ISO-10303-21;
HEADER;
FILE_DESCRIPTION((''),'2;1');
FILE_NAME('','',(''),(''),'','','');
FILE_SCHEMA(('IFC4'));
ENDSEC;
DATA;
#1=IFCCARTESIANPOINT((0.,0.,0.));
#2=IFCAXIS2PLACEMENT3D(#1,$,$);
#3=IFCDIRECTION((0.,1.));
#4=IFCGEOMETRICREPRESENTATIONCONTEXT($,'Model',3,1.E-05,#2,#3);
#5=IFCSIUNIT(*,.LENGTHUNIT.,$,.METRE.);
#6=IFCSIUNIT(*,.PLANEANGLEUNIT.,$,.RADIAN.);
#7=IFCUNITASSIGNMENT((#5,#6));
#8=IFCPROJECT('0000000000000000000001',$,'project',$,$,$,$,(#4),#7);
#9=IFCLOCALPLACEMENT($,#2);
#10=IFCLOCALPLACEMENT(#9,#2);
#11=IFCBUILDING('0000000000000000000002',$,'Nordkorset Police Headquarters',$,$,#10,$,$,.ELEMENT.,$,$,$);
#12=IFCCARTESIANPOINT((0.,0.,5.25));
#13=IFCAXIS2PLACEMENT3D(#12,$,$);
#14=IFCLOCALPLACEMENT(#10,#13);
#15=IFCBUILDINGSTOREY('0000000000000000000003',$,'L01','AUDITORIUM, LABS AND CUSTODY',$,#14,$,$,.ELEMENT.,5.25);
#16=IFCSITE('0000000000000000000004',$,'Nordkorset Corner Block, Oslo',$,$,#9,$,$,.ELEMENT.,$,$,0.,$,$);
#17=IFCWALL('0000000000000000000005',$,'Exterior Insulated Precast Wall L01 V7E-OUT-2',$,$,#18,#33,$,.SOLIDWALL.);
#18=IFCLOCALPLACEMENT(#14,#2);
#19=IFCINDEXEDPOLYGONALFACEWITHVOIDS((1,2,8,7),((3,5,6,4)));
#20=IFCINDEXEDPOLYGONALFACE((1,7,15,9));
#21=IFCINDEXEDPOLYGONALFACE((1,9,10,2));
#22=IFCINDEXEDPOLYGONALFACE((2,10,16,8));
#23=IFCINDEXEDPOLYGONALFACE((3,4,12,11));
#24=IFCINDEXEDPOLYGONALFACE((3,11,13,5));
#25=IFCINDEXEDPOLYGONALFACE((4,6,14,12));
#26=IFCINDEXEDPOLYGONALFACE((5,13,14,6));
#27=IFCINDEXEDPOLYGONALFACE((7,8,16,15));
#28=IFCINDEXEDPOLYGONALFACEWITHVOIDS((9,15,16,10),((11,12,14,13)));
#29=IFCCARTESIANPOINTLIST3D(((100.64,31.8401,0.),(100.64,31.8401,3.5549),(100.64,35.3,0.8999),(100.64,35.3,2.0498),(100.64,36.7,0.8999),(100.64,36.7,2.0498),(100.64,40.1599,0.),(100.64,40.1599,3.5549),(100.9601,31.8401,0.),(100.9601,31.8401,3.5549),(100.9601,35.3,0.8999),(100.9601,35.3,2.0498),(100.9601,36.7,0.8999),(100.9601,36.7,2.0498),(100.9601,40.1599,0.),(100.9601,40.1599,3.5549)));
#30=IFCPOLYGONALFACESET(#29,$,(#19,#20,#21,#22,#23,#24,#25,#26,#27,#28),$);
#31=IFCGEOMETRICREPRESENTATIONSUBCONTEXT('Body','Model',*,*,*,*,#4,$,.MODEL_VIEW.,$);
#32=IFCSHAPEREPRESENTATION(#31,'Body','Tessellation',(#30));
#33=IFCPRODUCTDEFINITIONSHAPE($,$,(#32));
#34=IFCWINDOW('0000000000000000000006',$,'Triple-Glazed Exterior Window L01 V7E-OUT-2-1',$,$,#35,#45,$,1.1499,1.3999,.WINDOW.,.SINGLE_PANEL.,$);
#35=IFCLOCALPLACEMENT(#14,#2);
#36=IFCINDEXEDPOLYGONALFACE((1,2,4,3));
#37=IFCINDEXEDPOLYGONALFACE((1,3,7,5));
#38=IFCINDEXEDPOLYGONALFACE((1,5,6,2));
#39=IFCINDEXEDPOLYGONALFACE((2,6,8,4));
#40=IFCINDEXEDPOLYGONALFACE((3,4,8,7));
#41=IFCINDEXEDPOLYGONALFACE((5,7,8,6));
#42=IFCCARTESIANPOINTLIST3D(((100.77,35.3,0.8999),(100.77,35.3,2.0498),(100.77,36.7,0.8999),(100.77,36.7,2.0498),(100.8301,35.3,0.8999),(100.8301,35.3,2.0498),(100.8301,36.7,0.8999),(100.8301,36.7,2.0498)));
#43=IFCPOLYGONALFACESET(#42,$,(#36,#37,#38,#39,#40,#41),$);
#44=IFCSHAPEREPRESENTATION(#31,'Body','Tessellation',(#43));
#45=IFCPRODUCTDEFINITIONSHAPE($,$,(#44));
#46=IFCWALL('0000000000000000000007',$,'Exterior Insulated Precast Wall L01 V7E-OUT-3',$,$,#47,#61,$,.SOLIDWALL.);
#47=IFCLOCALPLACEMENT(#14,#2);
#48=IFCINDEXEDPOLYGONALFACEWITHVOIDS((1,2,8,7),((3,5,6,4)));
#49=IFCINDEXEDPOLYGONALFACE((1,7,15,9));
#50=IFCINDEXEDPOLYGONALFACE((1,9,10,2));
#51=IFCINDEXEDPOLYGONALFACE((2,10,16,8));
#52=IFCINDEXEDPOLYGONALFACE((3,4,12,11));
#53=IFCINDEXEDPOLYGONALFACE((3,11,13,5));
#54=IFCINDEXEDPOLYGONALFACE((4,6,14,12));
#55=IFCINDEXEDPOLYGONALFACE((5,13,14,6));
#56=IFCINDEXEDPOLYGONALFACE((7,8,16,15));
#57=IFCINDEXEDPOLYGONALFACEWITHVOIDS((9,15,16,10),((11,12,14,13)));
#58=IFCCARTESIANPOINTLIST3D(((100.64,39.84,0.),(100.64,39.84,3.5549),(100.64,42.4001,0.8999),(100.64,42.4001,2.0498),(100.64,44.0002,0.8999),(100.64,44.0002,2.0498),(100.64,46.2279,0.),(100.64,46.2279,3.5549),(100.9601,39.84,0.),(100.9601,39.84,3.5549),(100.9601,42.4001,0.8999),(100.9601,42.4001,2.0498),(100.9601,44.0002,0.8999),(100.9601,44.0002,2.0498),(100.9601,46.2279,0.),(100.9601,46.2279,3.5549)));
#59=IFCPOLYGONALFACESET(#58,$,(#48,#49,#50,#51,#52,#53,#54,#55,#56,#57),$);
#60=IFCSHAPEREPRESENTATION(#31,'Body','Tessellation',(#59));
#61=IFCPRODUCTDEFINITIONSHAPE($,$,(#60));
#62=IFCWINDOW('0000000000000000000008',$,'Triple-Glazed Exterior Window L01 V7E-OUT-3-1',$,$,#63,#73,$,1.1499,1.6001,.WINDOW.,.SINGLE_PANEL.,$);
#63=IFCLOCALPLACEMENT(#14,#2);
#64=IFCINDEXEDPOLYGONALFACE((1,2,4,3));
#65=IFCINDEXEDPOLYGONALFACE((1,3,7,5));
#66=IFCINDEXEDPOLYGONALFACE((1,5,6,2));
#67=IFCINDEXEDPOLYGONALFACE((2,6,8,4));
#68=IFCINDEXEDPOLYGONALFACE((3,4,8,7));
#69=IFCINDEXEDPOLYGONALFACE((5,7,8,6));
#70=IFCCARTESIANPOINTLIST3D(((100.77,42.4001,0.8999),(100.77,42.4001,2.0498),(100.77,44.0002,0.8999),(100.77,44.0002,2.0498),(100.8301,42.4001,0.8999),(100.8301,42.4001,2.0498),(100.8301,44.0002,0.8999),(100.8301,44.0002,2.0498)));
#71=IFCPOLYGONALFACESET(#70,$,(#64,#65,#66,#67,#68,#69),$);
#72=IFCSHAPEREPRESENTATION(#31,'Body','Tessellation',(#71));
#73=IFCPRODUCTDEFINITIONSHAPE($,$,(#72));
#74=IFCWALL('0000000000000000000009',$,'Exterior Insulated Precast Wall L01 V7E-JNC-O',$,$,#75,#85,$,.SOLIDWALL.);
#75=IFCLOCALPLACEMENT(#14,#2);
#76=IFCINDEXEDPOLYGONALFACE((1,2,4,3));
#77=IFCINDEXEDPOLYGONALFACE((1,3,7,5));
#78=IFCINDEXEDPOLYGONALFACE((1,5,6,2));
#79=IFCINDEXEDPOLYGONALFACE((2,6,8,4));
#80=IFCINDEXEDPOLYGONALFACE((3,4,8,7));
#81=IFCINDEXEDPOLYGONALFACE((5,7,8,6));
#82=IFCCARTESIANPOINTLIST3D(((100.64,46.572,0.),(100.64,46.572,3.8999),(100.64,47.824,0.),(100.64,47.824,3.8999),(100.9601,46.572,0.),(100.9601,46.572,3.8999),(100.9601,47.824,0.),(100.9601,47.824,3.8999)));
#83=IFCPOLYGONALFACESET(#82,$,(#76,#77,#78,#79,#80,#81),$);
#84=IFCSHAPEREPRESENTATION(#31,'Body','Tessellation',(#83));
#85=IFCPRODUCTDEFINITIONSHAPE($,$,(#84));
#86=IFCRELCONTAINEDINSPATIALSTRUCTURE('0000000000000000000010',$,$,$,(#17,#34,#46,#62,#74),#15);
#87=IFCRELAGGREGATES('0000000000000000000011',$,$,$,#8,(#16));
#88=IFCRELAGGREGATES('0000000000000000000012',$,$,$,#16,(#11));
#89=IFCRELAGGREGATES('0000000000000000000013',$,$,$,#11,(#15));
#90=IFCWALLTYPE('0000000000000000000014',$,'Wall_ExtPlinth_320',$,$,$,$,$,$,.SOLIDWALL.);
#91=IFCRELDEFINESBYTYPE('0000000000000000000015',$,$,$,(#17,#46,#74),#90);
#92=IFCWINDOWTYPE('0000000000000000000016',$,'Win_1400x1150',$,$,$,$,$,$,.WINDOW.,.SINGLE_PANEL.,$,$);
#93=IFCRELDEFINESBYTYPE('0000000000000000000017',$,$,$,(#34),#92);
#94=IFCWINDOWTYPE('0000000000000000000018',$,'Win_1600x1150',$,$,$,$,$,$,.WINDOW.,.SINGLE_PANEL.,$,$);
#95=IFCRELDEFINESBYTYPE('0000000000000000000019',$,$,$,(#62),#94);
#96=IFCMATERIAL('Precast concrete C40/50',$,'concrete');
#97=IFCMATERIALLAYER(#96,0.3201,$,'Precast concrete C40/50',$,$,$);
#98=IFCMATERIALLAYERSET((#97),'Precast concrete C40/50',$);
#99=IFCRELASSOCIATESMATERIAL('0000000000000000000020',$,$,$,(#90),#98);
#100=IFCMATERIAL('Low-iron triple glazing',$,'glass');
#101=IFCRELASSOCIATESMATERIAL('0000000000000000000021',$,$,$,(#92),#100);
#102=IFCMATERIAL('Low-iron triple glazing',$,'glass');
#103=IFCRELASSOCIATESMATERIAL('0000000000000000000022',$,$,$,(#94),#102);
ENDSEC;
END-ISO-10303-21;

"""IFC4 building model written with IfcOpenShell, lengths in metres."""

from ifc_helpers import new_model, si_unit, direction, frame, frame_2d, origin, place, context, subcontext, project, spatial, rectangle, extrude, material, layer, layer_set, type_object, element, fill, save


model = new_model("IFC4")

# Units and contexts
model_context = context("Model", 3, precision=1e-05, world=origin(), true_north=direction((0.0, 1.0)))
body_context = subcontext(model_context, "Body", "Model", "MODEL_VIEW")
ifc_project = project(units=[si_unit("LENGTHUNIT", "METRE"), si_unit("PLANEANGLEUNIT", "RADIAN")], contexts=[model_context])

# Site, building, storey
site_placement = place(None, origin())
site = spatial("IfcSite", under=ifc_project, at=site_placement, Name="Nordkorset Corner Block, Oslo", CompositionType="ELEMENT", RefElevation=0.0)
building_placement = place(site_placement, origin())
building = spatial("IfcBuilding", under=site, at=building_placement, Name="Nordkorset Police Headquarters", CompositionType="ELEMENT")
storey_placement = place(building_placement, frame((0.0, 0.0, 5.25)))
storey = spatial("IfcBuildingStorey", under=building, at=storey_placement, Name="L01", Description="AUDITORIUM, LABS AND CUSTODY", CompositionType="ELEMENT", Elevation=5.25)

# Shared definitions
ifc_material_1 = material(Name="Precast concrete C40/50", Category="concrete")
ifc_layer_1 = layer(ifc_material_1, 0.3201, Name="Precast concrete C40/50")
ifc_layer_set_1 = layer_set([ifc_layer_1], Name="Precast concrete C40/50")
wall_type_1 = type_object("IfcWallType", Name="Wall_ExtPlinth_320", PredefinedType="SOLIDWALL", material=ifc_layer_set_1)

# Walls, openings, windows
wall_1_placement = place(storey_placement, frame((100.8, 31.8401, 0.0), z_axis=(0.0, 0.0, 1.0), x_axis=(0.0, 1.0, 0.0)))
wall_1 = element("IfcWall", 1, at=wall_1_placement, inside=storey, type_object=wall_type_1, Name="Exterior Insulated Precast Wall L01 V7E-OUT-2", PredefinedType="SOLIDWALL", context=body_context, shape_type="SweptSolid", body=[
    extrude(rectangle(XDim=8.3198, YDim=0.3201, at=frame_2d((4.1599, 0.0))), origin(), (0.0, 0.0, 1.0), 3.5549),
])
opening_1_placement = place(wall_1_placement, frame((3.46, 0.0, 0.8999)))
opening_1 = element("IfcOpeningElement", 2, at=opening_1_placement, cuts=wall_1, PredefinedType="OPENING", context=body_context, shape_type="SweptSolid", body=[
    extrude(rectangle(XDim=1.3999, YDim=1.1499, at=frame_2d((0.7, 0.575))), frame((0.0, 0.1699, 0.0), z_axis=(0.0, -1.0, 0.0), x_axis=(1.0, 0.0, 0.0)), (0.0, 0.0, 1.0), 0.3401),
])
ifc_material_2 = material(Name="Low-iron triple glazing", Category="glass")
window_type_1 = type_object("IfcWindowType", Name="Win_1400x1150", PartitioningType="SINGLE_PANEL", PredefinedType="WINDOW", material=ifc_material_2)
window_1_placement = place(opening_1_placement, origin())
window_1 = element("IfcWindow", 3, at=window_1_placement, inside=storey, type_object=window_type_1, Name="Triple-Glazed Exterior Window L01 V7E-OUT-2-1", OverallHeight=1.1499, OverallWidth=1.3999, PartitioningType="SINGLE_PANEL", PredefinedType="WINDOW", context=body_context, shape_type="SweptSolid", body=[
    extrude(rectangle(XDim=1.3999, YDim=1.1499, at=frame_2d((0.7, 0.575))), frame((0.0, 0.03, 0.0), z_axis=(0.0, -1.0, 0.0), x_axis=(1.0, 0.0, 0.0)), (0.0, 0.0, 1.0), 0.0601),
])
fill(opening_1, window_1)
wall_2_placement = place(storey_placement, frame((100.8, 39.8401, 0.0), z_axis=(0.0, 0.0, 1.0), x_axis=(0.0, 1.0, 0.0)))
wall_2 = element("IfcWall", 4, at=wall_2_placement, inside=storey, type_object=wall_type_1, Name="Exterior Insulated Precast Wall L01 V7E-OUT-3", PredefinedType="SOLIDWALL", context=body_context, shape_type="SweptSolid", body=[
    extrude(rectangle(XDim=6.3879, YDim=0.3201, at=frame_2d((3.1938, 0.0))), origin(), (0.0, 0.0, 1.0), 3.5549),
])
opening_2_placement = place(wall_2_placement, frame((2.5601, 0.0, 0.8999)))
opening_2 = element("IfcOpeningElement", 5, at=opening_2_placement, cuts=wall_2, PredefinedType="OPENING", context=body_context, shape_type="SweptSolid", body=[
    extrude(rectangle(XDim=1.6001, YDim=1.1499, at=frame_2d((0.8, 0.575))), frame((0.0, 0.1699, 0.0), z_axis=(0.0, -1.0, 0.0), x_axis=(1.0, 0.0, 0.0)), (0.0, 0.0, 1.0), 0.3401),
])
ifc_material_3 = material(Name="Low-iron triple glazing", Category="glass")
window_type_2 = type_object("IfcWindowType", Name="Win_1600x1150", PartitioningType="SINGLE_PANEL", PredefinedType="WINDOW", material=ifc_material_3)
window_2_placement = place(opening_2_placement, origin())
window_2 = element("IfcWindow", 6, at=window_2_placement, inside=storey, type_object=window_type_2, Name="Triple-Glazed Exterior Window L01 V7E-OUT-3-1", OverallHeight=1.1499, OverallWidth=1.6001, PartitioningType="SINGLE_PANEL", PredefinedType="WINDOW", context=body_context, shape_type="SweptSolid", body=[
    extrude(rectangle(XDim=1.6001, YDim=1.1499, at=frame_2d((0.8, 0.575))), frame((0.0, 0.03, 0.0), z_axis=(0.0, -1.0, 0.0), x_axis=(1.0, 0.0, 0.0)), (0.0, 0.0, 1.0), 0.0601),
])
fill(opening_2, window_2)

# Wall
wall_3_placement = place(storey_placement, frame((100.8, 46.572, 0.0), z_axis=(0.0, 0.0, 1.0), x_axis=(0.0, 1.0, 0.0)))
element("IfcWall", 7, at=wall_3_placement, inside=storey, type_object=wall_type_1, Name="Exterior Insulated Precast Wall L01 V7E-JNC-O", PredefinedType="SOLIDWALL", context=body_context, shape_type="SweptSolid", body=[
    extrude(rectangle(XDim=1.252, YDim=0.3201, at=frame_2d((0.626, 0.0))), origin(), (0.0, 0.0, 1.0), 3.8999),
])

save(model, "model.ifc")
